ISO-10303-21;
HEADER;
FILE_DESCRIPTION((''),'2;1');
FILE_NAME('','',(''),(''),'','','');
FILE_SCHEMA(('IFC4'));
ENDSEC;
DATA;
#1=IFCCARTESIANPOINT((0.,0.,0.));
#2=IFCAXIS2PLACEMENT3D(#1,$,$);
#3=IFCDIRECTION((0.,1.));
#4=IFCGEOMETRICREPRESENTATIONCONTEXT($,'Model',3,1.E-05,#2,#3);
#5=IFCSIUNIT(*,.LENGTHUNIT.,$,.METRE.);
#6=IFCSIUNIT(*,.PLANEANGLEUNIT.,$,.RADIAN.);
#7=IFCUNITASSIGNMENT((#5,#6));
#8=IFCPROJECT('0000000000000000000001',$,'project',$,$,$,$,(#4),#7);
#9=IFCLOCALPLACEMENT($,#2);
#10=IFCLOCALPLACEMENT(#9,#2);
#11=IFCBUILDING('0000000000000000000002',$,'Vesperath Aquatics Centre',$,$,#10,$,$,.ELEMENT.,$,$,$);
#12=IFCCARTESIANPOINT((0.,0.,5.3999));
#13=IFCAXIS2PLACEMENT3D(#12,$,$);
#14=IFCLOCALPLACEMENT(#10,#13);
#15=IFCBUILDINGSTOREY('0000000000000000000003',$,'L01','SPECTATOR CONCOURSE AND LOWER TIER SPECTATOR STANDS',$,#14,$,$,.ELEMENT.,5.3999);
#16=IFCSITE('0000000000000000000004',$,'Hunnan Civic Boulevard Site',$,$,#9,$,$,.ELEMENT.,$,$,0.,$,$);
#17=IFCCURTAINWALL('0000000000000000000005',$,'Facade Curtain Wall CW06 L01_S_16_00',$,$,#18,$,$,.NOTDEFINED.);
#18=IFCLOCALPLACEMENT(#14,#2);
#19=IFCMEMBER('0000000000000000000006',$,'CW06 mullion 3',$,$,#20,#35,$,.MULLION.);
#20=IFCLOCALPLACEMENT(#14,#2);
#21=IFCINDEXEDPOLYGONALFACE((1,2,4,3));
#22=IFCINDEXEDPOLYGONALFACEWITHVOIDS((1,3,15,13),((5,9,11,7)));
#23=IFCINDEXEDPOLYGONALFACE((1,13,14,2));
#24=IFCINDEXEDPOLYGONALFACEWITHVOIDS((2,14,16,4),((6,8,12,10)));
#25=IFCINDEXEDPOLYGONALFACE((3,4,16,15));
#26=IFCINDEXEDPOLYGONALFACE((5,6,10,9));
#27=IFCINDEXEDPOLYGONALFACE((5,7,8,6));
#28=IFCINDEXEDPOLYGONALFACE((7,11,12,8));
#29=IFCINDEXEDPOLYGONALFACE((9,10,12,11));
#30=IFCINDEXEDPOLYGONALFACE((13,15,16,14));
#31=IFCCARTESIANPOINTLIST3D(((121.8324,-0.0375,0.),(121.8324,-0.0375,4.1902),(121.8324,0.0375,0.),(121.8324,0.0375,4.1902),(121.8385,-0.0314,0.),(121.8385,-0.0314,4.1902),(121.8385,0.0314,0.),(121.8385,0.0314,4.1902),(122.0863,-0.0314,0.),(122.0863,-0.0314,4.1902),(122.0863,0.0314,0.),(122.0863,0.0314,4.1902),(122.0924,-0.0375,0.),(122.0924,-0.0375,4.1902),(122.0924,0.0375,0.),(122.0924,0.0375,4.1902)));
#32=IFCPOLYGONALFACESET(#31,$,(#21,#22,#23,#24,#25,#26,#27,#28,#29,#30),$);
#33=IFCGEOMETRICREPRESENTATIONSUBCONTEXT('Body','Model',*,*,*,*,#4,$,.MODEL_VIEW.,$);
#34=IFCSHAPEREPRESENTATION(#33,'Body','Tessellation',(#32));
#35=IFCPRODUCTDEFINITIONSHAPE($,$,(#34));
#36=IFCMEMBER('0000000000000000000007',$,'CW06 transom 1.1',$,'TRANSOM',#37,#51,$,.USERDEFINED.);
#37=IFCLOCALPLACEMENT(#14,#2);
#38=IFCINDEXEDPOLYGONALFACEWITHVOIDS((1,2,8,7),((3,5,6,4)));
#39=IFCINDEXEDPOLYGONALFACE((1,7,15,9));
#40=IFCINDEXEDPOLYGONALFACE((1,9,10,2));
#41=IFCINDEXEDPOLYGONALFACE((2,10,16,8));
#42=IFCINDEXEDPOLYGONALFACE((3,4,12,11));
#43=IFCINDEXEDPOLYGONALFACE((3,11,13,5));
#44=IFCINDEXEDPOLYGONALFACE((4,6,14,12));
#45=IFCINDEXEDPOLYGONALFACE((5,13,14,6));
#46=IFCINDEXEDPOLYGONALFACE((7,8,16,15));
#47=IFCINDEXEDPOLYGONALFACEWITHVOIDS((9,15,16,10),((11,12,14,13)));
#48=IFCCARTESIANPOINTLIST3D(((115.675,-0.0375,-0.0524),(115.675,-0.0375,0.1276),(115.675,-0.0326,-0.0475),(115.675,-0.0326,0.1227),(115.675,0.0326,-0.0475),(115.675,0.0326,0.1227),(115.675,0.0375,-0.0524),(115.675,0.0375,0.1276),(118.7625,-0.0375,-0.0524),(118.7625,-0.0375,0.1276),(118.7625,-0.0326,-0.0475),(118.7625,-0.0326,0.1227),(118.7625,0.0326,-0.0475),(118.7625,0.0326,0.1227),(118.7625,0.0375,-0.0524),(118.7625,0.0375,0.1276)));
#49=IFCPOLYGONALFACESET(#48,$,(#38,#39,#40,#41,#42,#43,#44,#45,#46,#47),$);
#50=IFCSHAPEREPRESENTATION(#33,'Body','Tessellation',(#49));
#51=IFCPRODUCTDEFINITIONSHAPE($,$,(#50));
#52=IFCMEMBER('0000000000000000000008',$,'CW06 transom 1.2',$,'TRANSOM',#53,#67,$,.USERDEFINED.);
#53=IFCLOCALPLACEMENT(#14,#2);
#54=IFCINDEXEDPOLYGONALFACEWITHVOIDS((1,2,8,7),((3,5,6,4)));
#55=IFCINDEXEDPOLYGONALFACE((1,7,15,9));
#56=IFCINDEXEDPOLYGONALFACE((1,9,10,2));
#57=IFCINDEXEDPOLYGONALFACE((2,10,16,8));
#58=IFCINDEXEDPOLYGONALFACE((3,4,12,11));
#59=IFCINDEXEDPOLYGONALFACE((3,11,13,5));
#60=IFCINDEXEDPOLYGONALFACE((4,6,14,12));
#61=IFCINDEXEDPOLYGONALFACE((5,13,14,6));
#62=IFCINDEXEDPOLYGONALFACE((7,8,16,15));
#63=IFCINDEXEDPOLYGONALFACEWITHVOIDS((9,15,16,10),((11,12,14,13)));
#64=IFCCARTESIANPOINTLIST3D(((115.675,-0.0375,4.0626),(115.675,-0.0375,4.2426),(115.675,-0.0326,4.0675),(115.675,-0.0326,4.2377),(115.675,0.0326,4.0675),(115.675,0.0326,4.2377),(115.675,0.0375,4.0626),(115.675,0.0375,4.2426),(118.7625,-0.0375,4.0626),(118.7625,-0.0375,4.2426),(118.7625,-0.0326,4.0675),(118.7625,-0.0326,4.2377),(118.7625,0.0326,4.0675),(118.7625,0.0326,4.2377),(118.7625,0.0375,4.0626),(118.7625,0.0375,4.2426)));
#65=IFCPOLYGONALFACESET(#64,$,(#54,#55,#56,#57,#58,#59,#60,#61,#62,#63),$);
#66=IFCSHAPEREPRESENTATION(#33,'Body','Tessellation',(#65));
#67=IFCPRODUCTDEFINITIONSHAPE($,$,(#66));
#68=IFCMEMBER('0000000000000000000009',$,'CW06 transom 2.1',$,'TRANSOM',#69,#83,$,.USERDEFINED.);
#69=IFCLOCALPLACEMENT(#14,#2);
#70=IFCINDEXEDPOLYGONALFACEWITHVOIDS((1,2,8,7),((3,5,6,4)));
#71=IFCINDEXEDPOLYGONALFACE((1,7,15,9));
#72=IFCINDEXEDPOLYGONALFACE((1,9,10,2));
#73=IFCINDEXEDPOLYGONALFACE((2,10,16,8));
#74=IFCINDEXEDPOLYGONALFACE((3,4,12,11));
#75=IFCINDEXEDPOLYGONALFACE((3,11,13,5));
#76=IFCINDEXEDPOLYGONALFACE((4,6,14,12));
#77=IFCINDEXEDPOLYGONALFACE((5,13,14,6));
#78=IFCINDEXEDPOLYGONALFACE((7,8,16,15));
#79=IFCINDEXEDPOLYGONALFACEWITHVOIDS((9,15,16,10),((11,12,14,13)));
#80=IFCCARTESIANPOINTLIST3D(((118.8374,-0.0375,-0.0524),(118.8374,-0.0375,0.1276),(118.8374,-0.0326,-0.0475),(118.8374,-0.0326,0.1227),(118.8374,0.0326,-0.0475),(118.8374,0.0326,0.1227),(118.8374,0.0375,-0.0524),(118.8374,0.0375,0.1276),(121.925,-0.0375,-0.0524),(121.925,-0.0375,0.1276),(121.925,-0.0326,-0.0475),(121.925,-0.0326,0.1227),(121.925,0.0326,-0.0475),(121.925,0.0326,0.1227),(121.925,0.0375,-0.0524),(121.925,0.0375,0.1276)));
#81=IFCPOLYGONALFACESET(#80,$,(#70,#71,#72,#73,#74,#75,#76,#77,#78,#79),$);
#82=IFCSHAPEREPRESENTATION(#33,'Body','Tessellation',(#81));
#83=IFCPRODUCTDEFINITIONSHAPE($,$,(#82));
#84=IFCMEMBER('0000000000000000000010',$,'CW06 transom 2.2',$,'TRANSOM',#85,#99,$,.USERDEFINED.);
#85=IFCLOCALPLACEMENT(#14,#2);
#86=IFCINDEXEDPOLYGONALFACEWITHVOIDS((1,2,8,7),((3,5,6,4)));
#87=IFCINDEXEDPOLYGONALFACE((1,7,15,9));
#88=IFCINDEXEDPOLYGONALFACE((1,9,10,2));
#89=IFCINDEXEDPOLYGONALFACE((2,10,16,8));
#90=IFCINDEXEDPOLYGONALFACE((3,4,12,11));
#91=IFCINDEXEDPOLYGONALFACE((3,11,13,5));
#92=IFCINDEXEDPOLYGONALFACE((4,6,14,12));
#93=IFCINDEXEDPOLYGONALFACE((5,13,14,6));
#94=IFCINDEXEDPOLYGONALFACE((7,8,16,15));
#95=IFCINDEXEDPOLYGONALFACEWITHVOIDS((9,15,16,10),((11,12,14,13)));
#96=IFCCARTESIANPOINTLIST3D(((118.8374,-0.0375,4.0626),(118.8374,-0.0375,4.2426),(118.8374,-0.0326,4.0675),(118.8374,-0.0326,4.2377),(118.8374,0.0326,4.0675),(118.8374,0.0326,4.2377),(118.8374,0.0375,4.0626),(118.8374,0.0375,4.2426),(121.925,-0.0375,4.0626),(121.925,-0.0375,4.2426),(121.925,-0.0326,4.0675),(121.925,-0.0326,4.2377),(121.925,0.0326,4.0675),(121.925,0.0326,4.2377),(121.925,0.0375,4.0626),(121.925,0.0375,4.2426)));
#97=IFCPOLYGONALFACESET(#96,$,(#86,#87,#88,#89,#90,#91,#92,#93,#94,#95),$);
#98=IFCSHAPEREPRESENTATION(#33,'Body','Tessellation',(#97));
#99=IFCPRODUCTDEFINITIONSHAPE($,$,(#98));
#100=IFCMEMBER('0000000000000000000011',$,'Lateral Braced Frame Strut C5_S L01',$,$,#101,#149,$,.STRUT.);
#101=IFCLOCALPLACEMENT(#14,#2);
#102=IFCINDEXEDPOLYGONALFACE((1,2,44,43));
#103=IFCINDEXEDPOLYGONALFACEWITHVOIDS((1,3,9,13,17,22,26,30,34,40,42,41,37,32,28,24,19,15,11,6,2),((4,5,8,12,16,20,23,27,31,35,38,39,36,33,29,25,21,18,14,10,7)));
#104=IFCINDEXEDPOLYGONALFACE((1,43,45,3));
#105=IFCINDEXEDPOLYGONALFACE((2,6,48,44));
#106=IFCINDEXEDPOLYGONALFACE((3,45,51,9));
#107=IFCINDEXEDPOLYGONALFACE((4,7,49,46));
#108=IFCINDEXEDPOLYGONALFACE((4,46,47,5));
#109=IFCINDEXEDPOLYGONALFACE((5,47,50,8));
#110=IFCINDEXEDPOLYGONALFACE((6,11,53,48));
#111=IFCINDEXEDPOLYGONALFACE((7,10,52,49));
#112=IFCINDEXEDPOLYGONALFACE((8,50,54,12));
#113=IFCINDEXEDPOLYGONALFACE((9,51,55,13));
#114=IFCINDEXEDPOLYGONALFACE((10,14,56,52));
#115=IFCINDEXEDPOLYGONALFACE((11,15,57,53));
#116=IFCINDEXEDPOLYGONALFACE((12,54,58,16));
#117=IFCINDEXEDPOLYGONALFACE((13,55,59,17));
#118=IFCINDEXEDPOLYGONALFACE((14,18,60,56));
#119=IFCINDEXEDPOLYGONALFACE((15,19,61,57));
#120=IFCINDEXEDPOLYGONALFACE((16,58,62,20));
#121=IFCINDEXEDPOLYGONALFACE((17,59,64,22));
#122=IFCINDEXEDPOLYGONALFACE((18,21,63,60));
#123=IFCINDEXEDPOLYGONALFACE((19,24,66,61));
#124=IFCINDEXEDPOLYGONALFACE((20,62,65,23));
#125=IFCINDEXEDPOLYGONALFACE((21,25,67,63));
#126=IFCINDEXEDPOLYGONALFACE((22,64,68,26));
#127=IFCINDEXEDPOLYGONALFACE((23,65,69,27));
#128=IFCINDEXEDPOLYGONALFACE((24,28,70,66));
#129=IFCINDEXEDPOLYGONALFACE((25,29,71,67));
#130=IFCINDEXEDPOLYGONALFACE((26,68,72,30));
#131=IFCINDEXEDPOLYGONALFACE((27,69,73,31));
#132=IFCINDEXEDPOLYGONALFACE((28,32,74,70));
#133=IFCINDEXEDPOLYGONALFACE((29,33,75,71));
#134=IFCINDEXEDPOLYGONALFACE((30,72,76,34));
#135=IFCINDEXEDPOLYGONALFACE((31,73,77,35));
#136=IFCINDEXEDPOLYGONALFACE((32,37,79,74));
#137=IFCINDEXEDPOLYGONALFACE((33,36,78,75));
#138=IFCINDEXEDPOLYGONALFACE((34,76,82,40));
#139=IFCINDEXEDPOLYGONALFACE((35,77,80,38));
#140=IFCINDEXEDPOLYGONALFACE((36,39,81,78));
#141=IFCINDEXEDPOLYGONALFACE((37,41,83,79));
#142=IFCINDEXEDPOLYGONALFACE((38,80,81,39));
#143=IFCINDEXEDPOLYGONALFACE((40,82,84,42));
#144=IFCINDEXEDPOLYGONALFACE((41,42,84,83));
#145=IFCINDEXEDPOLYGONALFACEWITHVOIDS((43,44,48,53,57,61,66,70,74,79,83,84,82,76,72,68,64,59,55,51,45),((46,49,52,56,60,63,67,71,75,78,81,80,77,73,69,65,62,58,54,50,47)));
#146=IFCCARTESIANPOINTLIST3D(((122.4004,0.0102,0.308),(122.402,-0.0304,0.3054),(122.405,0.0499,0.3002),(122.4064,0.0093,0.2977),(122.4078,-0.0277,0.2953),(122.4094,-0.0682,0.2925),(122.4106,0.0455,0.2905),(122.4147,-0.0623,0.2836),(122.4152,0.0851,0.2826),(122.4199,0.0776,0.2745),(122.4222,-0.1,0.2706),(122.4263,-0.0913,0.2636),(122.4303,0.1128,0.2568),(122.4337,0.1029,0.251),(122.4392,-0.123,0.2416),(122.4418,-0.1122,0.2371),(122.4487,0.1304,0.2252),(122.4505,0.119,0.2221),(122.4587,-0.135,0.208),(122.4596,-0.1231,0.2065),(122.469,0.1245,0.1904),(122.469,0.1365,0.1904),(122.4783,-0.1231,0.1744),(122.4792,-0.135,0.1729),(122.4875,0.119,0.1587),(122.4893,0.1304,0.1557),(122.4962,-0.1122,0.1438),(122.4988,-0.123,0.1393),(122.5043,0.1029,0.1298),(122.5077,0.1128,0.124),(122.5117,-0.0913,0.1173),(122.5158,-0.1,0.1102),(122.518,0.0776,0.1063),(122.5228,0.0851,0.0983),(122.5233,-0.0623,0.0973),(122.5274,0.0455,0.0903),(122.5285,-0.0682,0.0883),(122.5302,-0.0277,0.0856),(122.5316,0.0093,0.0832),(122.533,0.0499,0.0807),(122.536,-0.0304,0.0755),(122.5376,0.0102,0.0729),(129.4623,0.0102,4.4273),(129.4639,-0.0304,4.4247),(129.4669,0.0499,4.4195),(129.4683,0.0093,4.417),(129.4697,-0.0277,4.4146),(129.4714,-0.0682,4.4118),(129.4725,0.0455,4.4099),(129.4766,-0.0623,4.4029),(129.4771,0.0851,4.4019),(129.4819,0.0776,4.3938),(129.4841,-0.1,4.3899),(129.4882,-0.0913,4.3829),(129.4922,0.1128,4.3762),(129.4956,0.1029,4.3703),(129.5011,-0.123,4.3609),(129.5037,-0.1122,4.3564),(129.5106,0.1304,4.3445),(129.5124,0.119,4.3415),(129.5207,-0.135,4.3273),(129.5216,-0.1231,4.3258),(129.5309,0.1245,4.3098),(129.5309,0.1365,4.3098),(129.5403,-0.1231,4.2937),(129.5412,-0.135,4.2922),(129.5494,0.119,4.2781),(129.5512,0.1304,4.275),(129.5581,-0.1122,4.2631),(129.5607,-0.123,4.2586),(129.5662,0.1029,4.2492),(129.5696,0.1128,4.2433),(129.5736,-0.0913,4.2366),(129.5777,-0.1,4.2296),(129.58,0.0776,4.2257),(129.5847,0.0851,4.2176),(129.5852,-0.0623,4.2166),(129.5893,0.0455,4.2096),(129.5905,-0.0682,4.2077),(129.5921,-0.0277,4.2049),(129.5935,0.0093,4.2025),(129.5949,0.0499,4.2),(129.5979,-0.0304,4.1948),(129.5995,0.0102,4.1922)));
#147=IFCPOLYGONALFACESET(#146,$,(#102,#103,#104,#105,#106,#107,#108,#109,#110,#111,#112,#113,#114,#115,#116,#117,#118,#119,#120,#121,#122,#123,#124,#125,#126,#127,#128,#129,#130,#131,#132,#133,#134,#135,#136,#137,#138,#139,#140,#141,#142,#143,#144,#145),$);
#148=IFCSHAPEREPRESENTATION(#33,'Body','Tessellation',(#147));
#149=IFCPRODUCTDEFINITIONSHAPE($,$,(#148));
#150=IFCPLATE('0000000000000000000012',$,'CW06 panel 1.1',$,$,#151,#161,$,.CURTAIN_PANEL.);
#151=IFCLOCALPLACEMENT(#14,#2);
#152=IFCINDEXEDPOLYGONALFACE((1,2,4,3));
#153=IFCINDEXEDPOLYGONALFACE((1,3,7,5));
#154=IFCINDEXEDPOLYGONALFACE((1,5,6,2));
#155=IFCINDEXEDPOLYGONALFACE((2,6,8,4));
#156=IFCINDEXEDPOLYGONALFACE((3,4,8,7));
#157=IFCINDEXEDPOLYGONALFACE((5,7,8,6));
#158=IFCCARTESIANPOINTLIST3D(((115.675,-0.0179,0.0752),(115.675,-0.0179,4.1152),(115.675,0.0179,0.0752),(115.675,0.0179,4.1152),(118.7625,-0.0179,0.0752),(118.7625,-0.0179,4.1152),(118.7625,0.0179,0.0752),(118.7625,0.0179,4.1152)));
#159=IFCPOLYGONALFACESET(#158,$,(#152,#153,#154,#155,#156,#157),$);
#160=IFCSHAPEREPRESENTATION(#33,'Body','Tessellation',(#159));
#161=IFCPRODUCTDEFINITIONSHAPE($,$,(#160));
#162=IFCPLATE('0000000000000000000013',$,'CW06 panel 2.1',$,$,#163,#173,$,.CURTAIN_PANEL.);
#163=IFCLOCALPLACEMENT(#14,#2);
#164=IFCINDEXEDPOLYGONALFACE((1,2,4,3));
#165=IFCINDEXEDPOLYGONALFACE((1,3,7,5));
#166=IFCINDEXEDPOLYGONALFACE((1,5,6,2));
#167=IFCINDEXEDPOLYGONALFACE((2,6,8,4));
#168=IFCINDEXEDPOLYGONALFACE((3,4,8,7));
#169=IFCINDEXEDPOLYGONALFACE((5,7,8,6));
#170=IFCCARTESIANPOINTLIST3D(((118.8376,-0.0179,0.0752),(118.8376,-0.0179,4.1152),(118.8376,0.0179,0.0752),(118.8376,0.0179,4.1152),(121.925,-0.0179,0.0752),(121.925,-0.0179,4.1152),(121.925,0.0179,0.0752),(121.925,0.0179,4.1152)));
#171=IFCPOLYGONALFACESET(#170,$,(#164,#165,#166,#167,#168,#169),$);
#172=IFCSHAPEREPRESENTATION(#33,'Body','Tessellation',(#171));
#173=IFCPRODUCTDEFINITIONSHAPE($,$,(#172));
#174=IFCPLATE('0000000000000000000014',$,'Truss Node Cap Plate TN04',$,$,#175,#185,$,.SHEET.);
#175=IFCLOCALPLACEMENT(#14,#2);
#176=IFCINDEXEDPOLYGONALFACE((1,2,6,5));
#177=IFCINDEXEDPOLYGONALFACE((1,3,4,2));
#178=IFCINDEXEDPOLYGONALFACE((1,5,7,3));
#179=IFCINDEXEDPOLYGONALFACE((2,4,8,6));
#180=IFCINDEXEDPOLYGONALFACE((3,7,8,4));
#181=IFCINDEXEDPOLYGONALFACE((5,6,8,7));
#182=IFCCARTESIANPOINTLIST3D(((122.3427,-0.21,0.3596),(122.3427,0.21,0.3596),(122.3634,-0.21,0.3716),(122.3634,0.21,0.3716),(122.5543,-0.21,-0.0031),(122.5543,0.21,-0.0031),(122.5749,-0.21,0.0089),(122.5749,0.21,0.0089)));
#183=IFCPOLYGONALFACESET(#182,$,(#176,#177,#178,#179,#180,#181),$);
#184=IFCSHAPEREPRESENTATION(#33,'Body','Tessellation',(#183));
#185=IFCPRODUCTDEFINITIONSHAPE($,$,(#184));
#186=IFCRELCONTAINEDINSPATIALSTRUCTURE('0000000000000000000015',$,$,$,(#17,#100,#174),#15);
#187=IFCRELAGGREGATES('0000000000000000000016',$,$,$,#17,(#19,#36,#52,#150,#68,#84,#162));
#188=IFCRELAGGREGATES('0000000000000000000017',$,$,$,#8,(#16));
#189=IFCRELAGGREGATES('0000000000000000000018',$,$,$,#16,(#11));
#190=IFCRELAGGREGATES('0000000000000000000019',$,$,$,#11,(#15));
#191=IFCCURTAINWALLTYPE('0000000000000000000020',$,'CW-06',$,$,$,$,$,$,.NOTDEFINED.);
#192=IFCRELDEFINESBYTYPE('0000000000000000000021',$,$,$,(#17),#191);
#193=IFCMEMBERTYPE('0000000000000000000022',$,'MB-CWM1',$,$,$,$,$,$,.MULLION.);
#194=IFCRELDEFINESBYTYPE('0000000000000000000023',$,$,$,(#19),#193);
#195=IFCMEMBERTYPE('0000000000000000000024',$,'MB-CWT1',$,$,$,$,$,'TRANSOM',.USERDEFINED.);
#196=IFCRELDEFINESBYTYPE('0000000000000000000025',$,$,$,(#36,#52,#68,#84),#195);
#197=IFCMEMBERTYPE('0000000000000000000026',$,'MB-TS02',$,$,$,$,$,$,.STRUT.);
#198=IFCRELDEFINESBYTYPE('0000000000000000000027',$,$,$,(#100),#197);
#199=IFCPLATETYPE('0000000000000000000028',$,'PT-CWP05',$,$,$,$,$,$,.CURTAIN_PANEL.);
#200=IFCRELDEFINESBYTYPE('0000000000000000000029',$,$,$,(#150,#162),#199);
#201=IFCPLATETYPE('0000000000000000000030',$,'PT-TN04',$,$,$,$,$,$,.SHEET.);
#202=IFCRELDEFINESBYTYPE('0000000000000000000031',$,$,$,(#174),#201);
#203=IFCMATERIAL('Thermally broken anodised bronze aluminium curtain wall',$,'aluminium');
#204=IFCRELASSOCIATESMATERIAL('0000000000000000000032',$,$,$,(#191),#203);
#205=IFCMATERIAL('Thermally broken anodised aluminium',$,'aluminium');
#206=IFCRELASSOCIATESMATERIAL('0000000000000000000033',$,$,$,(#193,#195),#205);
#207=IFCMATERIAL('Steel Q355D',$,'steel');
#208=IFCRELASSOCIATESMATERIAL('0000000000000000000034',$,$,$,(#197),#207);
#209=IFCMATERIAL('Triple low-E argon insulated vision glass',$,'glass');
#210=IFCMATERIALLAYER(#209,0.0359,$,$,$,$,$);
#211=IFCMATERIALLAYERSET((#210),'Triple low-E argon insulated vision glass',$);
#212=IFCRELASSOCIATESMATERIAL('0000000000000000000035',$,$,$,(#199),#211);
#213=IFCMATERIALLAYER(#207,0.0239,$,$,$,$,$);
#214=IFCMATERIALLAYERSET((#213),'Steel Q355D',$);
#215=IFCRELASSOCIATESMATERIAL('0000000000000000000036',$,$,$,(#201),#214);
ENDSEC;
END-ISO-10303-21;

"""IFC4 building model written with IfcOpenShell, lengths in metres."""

from ifc_helpers import new_model, si_unit, direction, frame, origin, origin_2d, place, context, subcontext, project, spatial, rectangle, hollow_rectangle, hollow_circle, extrude, material, layer, layer_set, material_profile, profile_set, type_object, element, aggregate, save


model = new_model("IFC4")

# Units and contexts
model_context = context("Model", 3, precision=1e-05, world=origin(), true_north=direction((0.0, 1.0)))
body_context = subcontext(model_context, "Body", "Model", "MODEL_VIEW")
ifc_project = project(units=[si_unit("LENGTHUNIT", "METRE"), si_unit("PLANEANGLEUNIT", "RADIAN")], contexts=[model_context])

# Site, building, storey
site_placement = place(None, origin())
site = spatial("IfcSite", under=ifc_project, at=site_placement, Name="Hunnan Civic Boulevard Site", CompositionType="ELEMENT", RefElevation=0.0)
building_placement = place(site_placement, origin())
building = spatial("IfcBuilding", under=site, at=building_placement, Name="Vesperath Aquatics Centre", CompositionType="ELEMENT")
storey_placement = place(building_placement, frame((0.0, 0.0, 5.3999)))
storey = spatial("IfcBuildingStorey", under=building, at=storey_placement, Name="L01", Description="SPECTATOR CONCOURSE AND LOWER TIER SPECTATOR STANDS", CompositionType="ELEMENT", Elevation=5.3999)

# Shared definitions
ifc_material_1 = material(Name="Steel Q355D", Category="steel")

# Curtain wall, members
ifc_material_2 = material(Name="Thermally broken anodised bronze aluminium curtain wall", Category="aluminium")
curtain_wall_type = type_object("IfcCurtainWallType", Name="CW-06", PredefinedType="NOTDEFINED", material=ifc_material_2)
curtain_wall_placement = place(storey_placement, origin())
curtain_wall = element("IfcCurtainWall", 1, at=curtain_wall_placement, inside=storey, type_object=curtain_wall_type, Name="Facade Curtain Wall CW06 L01_S_16_00", PredefinedType="NOTDEFINED")
ifc_material_3 = material(Name="Thermally broken anodised aluminium", Category="aluminium")
ifc_material_profile_1 = material_profile(ifc_material_3, hollow_rectangle(XDim=0.075, YDim=0.26, WallThickness=0.0061, at=origin_2d()), Name="CWM 75x260x6")
ifc_profile_set_1 = profile_set([ifc_material_profile_1], Name="Thermally broken anodised aluminium")
member_type_1 = type_object("IfcMemberType", Name="MB-CWM1", PredefinedType="MULLION", material=ifc_profile_set_1)
member_1_placement = place(storey_placement, frame((121.9624, 0.0, 0.0), z_axis=(0.0, 0.0, 1.0), x_axis=(0.0, 1.0, 0.0)))
member_1 = element("IfcMember", 2, at=member_1_placement, type_object=member_type_1, Name="CW06 mullion 3", PredefinedType="MULLION", context=body_context, shape_type="SweptSolid", body=[
    extrude(hollow_rectangle(XDim=0.075, YDim=0.26, WallThickness=0.0061, at=origin_2d()), origin(), (0.0, 0.0, 1.0), 4.1902),
])
ifc_material_profile_2 = material_profile(ifc_material_3, hollow_rectangle(XDim=0.075, YDim=0.1799, WallThickness=0.0049, at=origin_2d()), Name="CWT 75x180x5")
ifc_profile_set_2 = profile_set([ifc_material_profile_2], Name="Thermally broken anodised aluminium")
member_type_2 = type_object("IfcMemberType", Name="MB-CWT1", ElementType="TRANSOM", PredefinedType="USERDEFINED", material=ifc_profile_set_2)
member_2_placement = place(storey_placement, frame((115.675, 0.0, 0.0376), z_axis=(1.0, 0.0, 0.0), x_axis=(0.0, 1.0, 0.0)))
member_2 = element("IfcMember", 3, at=member_2_placement, type_object=member_type_2, Name="CW06 transom 1.1", ObjectType="TRANSOM", PredefinedType="USERDEFINED", context=body_context, shape_type="SweptSolid", body=[
    extrude(hollow_rectangle(XDim=0.075, YDim=0.1799, WallThickness=0.0049, at=origin_2d()), origin(), (0.0, 0.0, 1.0), 3.0874),
])
member_3_placement = place(storey_placement, frame((115.675, 0.0, 4.1526), z_axis=(1.0, 0.0, 0.0), x_axis=(0.0, 1.0, 0.0)))
member_3 = element("IfcMember", 4, at=member_3_placement, type_object=member_type_2, Name="CW06 transom 1.2", ObjectType="TRANSOM", PredefinedType="USERDEFINED", context=body_context, shape_type="SweptSolid", body=[
    extrude(hollow_rectangle(XDim=0.075, YDim=0.1799, WallThickness=0.0049, at=origin_2d()), origin(), (0.0, 0.0, 1.0), 3.0874),
])
member_4_placement = place(storey_placement, frame((118.8374, 0.0, 0.0376), z_axis=(1.0, 0.0, 0.0), x_axis=(0.0, 1.0, 0.0)))
member_4 = element("IfcMember", 5, at=member_4_placement, type_object=member_type_2, Name="CW06 transom 2.1", ObjectType="TRANSOM", PredefinedType="USERDEFINED", context=body_context, shape_type="SweptSolid", body=[
    extrude(hollow_rectangle(XDim=0.075, YDim=0.1799, WallThickness=0.0049, at=origin_2d()), origin(), (0.0, 0.0, 1.0), 3.0876),
])
member_5_placement = place(storey_placement, frame((118.8374, 0.0, 4.1526), z_axis=(1.0, 0.0, 0.0), x_axis=(0.0, 1.0, 0.0)))
member_5 = element("IfcMember", 6, at=member_5_placement, type_object=member_type_2, Name="CW06 transom 2.2", ObjectType="TRANSOM", PredefinedType="USERDEFINED", context=body_context, shape_type="SweptSolid", body=[
    extrude(hollow_rectangle(XDim=0.075, YDim=0.1799, WallThickness=0.0049, at=origin_2d()), origin(), (0.0, 0.0, 1.0), 3.0876),
])

# Member
ifc_material_profile_3 = material_profile(ifc_material_1, hollow_circle(Radius=0.1365, WallThickness=0.012, at=origin_2d()), Name="CHS 273.0x12")
ifc_profile_set_3 = profile_set([ifc_material_profile_3], Name="Steel Q355D")
member_type_3 = type_object("IfcMemberType", Name="MB-TS02", PredefinedType="STRUT", material=ifc_profile_set_3)
member_6_placement = place(storey_placement, frame((122.469, 0.0, 0.1904), z_axis=(0.863785, 0.0, 0.50386), x_axis=(0.0, 1.0, 0.0)))
element("IfcMember", 7, at=member_6_placement, inside=storey, type_object=member_type_3, Name="Lateral Braced Frame Strut C5_S L01", PredefinedType="STRUT", context=body_context, shape_type="SweptSolid", body=[
    extrude(hollow_circle(Radius=0.1365, WallThickness=0.012, at=origin_2d()), origin(), (0.0, 0.0, 1.0), 8.1755),
])

# Plates
ifc_material_4 = material(Name="Triple low-E argon insulated vision glass", Category="glass")
ifc_layer_1 = layer(ifc_material_4, 0.0359)
ifc_layer_set_1 = layer_set([ifc_layer_1], Name="Triple low-E argon insulated vision glass")
plate_type_1 = type_object("IfcPlateType", Name="PT-CWP05", PredefinedType="CURTAIN_PANEL", material=ifc_layer_set_1)
plate_1_placement = place(storey_placement, frame((117.2188, 0.0, 0.0752), z_axis=(0.0, 0.0, 1.0), x_axis=(1.0, 0.0, 0.0)))
plate_1 = element("IfcPlate", 8, at=plate_1_placement, type_object=plate_type_1, Name="CW06 panel 1.1", PredefinedType="CURTAIN_PANEL", context=body_context, shape_type="SweptSolid", body=[
    extrude(rectangle(XDim=3.0874, YDim=0.0359, at=origin_2d()), origin(), (0.0, 0.0, 1.0), 4.04),
])
plate_2_placement = place(storey_placement, frame((120.3813, 0.0, 0.0752), z_axis=(0.0, 0.0, 1.0), x_axis=(1.0, 0.0, 0.0)))
plate_2 = element("IfcPlate", 9, at=plate_2_placement, type_object=plate_type_1, Name="CW06 panel 2.1", PredefinedType="CURTAIN_PANEL", context=body_context, shape_type="SweptSolid", body=[
    extrude(rectangle(XDim=3.0874, YDim=0.0359, at=origin_2d()), origin(), (0.0, 0.0, 1.0), 4.04),
])
aggregate(curtain_wall, [member_1, member_2, member_3, plate_1, member_4, member_5, plate_2])
ifc_layer_2 = layer(ifc_material_1, 0.0239)
ifc_layer_set_2 = layer_set([ifc_layer_2], Name="Steel Q355D")
plate_type_2 = type_object("IfcPlateType", Name="PT-TN04", PredefinedType="SHEET", material=ifc_layer_set_2)
plate_3_placement = place(storey_placement, frame((122.4485, 0.0, 0.1782), z_axis=(0.863779, 0.0, 0.503871), x_axis=(0.0, 1.0, 0.0)))
element("IfcPlate", 10, at=plate_3_placement, inside=storey, type_object=plate_type_2, Name="Truss Node Cap Plate TN04", PredefinedType="SHEET", context=body_context, shape_type="SweptSolid", body=[
    extrude(rectangle(XDim=0.4199, YDim=0.4199, at=origin_2d()), origin(), (0.0, 0.0, 1.0), 0.0239),
])

save(model, "model.ifc")
